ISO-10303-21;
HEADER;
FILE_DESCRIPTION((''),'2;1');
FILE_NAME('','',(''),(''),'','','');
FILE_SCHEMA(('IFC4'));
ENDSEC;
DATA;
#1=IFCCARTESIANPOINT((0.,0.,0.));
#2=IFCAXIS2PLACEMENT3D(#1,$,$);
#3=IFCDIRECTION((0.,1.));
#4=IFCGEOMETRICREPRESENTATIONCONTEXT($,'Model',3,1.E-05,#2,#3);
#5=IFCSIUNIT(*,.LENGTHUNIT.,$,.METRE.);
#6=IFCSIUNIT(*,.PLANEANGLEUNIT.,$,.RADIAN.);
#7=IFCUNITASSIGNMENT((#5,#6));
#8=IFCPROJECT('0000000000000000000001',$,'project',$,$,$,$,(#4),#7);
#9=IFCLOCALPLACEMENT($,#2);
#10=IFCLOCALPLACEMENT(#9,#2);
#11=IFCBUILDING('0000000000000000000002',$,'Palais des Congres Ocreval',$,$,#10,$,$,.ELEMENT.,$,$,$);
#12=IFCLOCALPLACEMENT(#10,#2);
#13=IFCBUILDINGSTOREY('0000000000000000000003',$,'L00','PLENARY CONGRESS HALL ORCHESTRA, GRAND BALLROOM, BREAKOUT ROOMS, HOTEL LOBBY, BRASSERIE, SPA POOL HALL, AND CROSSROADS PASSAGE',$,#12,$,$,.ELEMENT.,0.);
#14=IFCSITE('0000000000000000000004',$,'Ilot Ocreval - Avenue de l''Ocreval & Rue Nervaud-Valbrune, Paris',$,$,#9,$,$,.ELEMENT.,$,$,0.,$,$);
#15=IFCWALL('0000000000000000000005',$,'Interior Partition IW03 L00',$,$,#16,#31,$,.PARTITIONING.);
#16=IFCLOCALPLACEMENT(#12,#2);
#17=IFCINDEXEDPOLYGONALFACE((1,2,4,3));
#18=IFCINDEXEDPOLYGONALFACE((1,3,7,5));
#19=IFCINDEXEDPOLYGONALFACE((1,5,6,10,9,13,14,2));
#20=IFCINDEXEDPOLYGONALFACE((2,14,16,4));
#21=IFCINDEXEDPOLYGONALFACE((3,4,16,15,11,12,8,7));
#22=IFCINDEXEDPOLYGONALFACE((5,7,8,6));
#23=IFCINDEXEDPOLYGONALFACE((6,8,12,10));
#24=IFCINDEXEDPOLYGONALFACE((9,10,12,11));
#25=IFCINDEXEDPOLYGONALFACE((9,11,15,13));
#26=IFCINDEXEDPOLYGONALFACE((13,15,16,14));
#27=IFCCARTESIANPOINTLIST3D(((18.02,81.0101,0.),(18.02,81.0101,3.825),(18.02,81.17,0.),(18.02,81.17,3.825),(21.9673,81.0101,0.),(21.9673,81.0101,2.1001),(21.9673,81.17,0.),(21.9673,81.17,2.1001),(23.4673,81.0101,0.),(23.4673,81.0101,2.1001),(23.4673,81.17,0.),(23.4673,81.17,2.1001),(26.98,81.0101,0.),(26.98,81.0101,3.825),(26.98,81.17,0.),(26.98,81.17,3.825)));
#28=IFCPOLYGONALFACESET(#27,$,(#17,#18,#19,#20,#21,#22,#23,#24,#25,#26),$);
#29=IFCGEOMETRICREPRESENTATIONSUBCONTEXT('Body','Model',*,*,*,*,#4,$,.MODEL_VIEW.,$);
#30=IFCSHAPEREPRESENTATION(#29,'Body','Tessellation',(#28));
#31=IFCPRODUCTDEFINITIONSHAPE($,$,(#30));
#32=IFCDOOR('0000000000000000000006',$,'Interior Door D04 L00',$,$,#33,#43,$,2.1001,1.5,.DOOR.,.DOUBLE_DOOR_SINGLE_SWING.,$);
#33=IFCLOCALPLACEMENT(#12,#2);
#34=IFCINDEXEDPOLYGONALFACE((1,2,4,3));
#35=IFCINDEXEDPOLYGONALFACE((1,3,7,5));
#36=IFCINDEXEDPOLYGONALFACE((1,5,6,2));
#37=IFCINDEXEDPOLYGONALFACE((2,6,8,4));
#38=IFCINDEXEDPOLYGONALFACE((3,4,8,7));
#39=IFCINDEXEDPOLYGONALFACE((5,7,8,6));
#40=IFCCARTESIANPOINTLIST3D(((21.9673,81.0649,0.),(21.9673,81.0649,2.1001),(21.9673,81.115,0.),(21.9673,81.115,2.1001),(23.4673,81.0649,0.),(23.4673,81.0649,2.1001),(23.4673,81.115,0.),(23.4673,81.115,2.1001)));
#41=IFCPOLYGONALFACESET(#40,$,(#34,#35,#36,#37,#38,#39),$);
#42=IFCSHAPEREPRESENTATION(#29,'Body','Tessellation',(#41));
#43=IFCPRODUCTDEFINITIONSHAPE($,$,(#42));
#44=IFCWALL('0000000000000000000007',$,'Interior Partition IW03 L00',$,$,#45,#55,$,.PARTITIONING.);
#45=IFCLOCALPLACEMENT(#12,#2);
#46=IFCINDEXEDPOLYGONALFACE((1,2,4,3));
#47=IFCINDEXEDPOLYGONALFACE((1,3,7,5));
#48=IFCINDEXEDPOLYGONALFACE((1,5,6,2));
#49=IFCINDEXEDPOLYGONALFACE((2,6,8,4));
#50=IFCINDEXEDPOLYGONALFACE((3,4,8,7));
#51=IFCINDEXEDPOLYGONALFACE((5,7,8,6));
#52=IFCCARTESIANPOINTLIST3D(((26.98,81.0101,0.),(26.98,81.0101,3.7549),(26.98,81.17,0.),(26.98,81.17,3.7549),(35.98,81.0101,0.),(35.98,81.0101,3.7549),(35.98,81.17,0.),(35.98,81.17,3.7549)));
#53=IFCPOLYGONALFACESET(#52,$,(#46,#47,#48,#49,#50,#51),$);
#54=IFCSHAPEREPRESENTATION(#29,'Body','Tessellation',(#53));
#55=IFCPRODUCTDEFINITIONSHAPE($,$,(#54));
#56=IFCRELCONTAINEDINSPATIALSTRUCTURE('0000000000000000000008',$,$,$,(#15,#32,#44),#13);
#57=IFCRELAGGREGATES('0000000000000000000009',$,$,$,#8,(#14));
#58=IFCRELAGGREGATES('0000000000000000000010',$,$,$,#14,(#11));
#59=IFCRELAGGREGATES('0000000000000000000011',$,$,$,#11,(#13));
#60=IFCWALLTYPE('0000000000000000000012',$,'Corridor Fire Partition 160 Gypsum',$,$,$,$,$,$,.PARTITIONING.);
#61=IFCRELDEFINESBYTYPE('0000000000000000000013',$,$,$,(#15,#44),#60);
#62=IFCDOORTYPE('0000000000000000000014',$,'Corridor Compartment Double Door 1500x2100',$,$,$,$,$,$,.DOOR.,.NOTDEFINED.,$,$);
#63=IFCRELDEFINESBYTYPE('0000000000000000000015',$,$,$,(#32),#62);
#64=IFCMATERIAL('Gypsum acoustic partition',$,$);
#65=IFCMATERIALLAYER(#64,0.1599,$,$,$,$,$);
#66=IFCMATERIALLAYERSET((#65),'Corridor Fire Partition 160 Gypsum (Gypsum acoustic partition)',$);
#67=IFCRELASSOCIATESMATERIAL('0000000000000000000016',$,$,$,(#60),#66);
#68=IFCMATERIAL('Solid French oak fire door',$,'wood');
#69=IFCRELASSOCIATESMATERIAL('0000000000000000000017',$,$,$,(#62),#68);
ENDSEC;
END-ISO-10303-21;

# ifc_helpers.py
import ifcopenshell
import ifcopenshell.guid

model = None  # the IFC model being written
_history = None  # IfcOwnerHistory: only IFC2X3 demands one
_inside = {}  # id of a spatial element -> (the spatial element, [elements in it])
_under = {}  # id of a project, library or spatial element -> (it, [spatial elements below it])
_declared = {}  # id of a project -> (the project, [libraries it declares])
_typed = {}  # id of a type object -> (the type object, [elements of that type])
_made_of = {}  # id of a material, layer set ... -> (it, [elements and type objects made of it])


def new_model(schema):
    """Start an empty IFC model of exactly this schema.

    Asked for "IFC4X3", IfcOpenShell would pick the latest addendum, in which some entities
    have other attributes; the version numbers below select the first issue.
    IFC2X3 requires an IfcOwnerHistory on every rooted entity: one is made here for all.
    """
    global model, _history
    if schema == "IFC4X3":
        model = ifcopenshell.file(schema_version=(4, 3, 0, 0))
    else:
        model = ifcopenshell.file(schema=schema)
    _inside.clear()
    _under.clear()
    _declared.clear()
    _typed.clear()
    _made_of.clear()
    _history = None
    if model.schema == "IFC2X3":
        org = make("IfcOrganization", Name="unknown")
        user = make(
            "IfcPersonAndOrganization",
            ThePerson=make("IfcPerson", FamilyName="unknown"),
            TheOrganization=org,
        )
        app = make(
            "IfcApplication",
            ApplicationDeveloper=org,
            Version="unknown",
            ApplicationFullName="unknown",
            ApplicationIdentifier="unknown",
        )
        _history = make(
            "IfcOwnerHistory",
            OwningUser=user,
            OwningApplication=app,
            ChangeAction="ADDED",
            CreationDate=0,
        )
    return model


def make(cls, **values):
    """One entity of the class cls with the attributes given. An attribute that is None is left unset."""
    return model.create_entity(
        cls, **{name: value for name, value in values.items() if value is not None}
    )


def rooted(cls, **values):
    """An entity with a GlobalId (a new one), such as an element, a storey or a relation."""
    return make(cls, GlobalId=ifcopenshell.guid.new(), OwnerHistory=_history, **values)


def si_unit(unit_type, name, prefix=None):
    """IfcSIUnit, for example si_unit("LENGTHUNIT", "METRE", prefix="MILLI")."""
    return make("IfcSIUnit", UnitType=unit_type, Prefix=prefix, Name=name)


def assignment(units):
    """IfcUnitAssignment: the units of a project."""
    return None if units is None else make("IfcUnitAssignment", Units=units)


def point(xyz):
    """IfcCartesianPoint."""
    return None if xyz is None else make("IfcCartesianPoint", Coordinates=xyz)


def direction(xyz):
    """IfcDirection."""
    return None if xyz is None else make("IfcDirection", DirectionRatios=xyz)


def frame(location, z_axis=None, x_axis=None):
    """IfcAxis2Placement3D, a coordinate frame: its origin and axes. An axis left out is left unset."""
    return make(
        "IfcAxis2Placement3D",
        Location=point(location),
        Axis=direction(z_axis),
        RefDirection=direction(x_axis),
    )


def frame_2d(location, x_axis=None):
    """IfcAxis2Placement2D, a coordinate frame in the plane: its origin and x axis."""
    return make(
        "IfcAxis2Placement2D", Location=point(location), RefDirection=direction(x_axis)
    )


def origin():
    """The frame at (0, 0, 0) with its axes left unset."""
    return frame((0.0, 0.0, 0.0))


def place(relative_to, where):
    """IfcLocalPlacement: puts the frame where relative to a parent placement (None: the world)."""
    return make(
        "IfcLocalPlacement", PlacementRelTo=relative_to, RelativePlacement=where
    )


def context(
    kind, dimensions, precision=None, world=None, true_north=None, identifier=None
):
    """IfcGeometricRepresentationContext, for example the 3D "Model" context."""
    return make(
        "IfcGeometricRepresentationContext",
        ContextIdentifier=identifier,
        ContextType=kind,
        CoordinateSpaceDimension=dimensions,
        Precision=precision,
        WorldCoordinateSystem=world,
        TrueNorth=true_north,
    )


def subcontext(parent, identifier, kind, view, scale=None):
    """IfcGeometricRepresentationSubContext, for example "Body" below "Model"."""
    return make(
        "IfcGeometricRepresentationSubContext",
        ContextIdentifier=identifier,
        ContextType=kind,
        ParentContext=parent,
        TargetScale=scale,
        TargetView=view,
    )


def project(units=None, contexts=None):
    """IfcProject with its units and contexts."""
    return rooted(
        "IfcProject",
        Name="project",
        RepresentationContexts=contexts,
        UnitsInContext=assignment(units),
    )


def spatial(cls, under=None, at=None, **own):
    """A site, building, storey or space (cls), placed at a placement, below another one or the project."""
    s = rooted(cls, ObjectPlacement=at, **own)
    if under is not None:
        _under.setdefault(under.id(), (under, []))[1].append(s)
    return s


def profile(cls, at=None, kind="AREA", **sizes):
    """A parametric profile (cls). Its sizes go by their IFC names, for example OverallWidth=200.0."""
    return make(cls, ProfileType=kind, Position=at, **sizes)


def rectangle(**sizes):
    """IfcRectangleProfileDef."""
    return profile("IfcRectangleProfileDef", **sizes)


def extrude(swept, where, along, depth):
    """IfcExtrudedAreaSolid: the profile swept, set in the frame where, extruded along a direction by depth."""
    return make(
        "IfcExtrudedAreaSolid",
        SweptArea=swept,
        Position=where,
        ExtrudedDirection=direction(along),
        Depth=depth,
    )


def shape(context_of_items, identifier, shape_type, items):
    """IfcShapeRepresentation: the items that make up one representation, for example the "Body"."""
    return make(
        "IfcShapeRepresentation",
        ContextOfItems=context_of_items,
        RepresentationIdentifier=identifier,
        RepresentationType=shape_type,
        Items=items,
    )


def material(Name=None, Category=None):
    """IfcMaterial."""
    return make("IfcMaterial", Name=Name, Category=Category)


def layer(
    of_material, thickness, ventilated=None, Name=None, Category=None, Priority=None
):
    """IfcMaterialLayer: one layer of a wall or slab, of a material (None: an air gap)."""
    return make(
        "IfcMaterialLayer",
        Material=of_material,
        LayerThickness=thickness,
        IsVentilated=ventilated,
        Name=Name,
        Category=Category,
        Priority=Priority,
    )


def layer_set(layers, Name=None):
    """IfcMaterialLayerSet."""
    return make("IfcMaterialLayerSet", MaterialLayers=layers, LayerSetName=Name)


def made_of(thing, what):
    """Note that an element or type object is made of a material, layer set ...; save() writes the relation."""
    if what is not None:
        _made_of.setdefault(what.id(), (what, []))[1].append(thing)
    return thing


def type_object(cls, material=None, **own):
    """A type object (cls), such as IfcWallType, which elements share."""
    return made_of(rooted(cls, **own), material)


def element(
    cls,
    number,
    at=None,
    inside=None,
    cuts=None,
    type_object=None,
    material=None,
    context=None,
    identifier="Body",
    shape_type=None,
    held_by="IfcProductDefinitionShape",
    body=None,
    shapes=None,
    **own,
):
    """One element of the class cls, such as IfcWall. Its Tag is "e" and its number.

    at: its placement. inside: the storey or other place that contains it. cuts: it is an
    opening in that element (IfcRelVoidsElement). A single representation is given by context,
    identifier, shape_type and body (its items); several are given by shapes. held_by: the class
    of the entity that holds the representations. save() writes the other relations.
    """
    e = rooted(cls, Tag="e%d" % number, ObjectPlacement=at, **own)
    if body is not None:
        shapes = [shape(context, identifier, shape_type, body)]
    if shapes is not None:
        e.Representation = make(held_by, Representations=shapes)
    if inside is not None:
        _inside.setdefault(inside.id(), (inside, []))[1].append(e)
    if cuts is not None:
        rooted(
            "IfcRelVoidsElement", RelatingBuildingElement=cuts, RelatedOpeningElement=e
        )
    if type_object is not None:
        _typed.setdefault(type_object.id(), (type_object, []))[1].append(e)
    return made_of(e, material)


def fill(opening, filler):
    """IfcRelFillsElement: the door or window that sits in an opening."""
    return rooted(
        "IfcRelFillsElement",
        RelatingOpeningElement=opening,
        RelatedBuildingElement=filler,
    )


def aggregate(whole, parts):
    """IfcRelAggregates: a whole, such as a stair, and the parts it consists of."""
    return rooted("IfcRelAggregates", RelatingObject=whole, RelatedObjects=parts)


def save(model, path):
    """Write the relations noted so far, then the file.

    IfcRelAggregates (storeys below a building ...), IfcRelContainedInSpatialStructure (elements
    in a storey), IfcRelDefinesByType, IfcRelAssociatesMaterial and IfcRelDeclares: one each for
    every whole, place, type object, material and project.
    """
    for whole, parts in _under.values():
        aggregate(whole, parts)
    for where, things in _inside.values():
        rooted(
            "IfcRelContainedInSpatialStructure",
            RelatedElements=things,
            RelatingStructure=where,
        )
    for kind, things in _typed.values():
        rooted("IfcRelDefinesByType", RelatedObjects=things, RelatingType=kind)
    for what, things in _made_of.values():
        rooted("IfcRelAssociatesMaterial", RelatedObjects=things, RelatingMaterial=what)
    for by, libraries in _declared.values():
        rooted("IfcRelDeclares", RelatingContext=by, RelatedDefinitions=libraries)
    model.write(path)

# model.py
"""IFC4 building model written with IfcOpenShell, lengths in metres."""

from ifc_helpers import new_model, si_unit, direction, frame, frame_2d, origin, place, context, subcontext, project, spatial, rectangle, extrude, material, layer, layer_set, type_object, element, fill, save


model = new_model("IFC4")

# Units and contexts
model_context = context("Model", 3, precision=1e-05, world=origin(), true_north=direction((0.0, 1.0)))
body_context = subcontext(model_context, "Body", "Model", "MODEL_VIEW")
ifc_project = project(units=[si_unit("LENGTHUNIT", "METRE"), si_unit("PLANEANGLEUNIT", "RADIAN")], contexts=[model_context])

# Site, building, storey
site_placement = place(None, origin())
site = spatial("IfcSite", under=ifc_project, at=site_placement, Name="Ilot Ocreval - Avenue de l'Ocreval & Rue Nervaud-Valbrune, Paris", CompositionType="ELEMENT", RefElevation=0.0)
building_placement = place(site_placement, origin())
building = spatial("IfcBuilding", under=site, at=building_placement, Name="Palais des Congres Ocreval", CompositionType="ELEMENT")
storey_placement = place(building_placement, origin())
storey = spatial("IfcBuildingStorey", under=building, at=storey_placement, Name="L00", Description="PLENARY CONGRESS HALL ORCHESTRA, GRAND BALLROOM, BREAKOUT ROOMS, HOTEL LOBBY, BRASSERIE, SPA POOL HALL, AND CROSSROADS PASSAGE", CompositionType="ELEMENT", Elevation=0.0)

# Shared definitions
ifc_material_1 = material(Name="Gypsum acoustic partition")
ifc_layer = layer(ifc_material_1, 0.1599)
ifc_layer_set = layer_set([ifc_layer], Name="Corridor Fire Partition 160 Gypsum (Gypsum acoustic partition)")
wall_type = type_object("IfcWallType", Name="Corridor Fire Partition 160 Gypsum", PredefinedType="PARTITIONING", material=ifc_layer_set)

# Shared definitions
ifc_material_2 = material(Name="Solid French oak fire door", Category="wood")
door_type_1 = type_object("IfcDoorType", Name="Corridor Compartment Double Door 1500x2100", OperationType="NOTDEFINED", PredefinedType="DOOR", material=ifc_material_2)

# Wall, opening, door
wall_1_placement = place(storey_placement, frame((18.02, 81.0901, 0.0), z_axis=(0.0, 0.0, 1.0), x_axis=(1.0, 0.0, 0.0)))
wall_1 = element("IfcWall", 1, at=wall_1_placement, inside=storey, type_object=wall_type, Name="Interior Partition IW03 L00", PredefinedType="PARTITIONING", context=body_context, shape_type="SweptSolid", body=[
    extrude(rectangle(XDim=8.96, YDim=0.1599, at=frame_2d((4.48, 0.0))), origin(), (0.0, 0.0, 1.0), 3.825),
])
opening_1_placement = place(wall_1_placement, frame((3.9473, 0.0, 0.0)))
opening_1 = element("IfcOpeningElement", 2, at=opening_1_placement, cuts=wall_1, PredefinedType="OPENING", context=body_context, shape_type="SweptSolid", body=[
    extrude(rectangle(XDim=1.5, YDim=2.1001, at=frame_2d((0.75, 1.05))), frame((0.0, 0.0898, 0.0), z_axis=(0.0, -1.0, 0.0), x_axis=(1.0, 0.0, 0.0)), (0.0, 0.0, 1.0), 0.1799),
])
door_1_placement = place(opening_1_placement, origin())
door_1 = element("IfcDoor", 3, at=door_1_placement, inside=storey, type_object=door_type_1, Name="Interior Door D04 L00", OperationType="DOUBLE_DOOR_SINGLE_SWING", OverallHeight=2.1001, OverallWidth=1.5, PredefinedType="DOOR", context=body_context, shape_type="SweptSolid", body=[
    extrude(rectangle(XDim=1.5, YDim=2.1001, at=frame_2d((0.75, 1.05))), frame((0.0, 0.0249, 0.0), z_axis=(0.0, -1.0, 0.0), x_axis=(1.0, 0.0, 0.0)), (0.0, 0.0, 1.0), 0.05),
])
fill(opening_1, door_1)

# Wall
wall_2_placement = place(storey_placement, frame((26.98, 81.0901, 0.0), z_axis=(0.0, 0.0, 1.0), x_axis=(1.0, 0.0, 0.0)))
element("IfcWall", 4, at=wall_2_placement, inside=storey, type_object=wall_type, Name="Interior Partition IW03 L00", PredefinedType="PARTITIONING", context=body_context, shape_type="SweptSolid", body=[
    extrude(rectangle(XDim=9.0, YDim=0.1599, at=frame_2d((4.5, 0.0))), origin(), (0.0, 0.0, 1.0), 3.7549),
])

save(model, "model.ifc")
